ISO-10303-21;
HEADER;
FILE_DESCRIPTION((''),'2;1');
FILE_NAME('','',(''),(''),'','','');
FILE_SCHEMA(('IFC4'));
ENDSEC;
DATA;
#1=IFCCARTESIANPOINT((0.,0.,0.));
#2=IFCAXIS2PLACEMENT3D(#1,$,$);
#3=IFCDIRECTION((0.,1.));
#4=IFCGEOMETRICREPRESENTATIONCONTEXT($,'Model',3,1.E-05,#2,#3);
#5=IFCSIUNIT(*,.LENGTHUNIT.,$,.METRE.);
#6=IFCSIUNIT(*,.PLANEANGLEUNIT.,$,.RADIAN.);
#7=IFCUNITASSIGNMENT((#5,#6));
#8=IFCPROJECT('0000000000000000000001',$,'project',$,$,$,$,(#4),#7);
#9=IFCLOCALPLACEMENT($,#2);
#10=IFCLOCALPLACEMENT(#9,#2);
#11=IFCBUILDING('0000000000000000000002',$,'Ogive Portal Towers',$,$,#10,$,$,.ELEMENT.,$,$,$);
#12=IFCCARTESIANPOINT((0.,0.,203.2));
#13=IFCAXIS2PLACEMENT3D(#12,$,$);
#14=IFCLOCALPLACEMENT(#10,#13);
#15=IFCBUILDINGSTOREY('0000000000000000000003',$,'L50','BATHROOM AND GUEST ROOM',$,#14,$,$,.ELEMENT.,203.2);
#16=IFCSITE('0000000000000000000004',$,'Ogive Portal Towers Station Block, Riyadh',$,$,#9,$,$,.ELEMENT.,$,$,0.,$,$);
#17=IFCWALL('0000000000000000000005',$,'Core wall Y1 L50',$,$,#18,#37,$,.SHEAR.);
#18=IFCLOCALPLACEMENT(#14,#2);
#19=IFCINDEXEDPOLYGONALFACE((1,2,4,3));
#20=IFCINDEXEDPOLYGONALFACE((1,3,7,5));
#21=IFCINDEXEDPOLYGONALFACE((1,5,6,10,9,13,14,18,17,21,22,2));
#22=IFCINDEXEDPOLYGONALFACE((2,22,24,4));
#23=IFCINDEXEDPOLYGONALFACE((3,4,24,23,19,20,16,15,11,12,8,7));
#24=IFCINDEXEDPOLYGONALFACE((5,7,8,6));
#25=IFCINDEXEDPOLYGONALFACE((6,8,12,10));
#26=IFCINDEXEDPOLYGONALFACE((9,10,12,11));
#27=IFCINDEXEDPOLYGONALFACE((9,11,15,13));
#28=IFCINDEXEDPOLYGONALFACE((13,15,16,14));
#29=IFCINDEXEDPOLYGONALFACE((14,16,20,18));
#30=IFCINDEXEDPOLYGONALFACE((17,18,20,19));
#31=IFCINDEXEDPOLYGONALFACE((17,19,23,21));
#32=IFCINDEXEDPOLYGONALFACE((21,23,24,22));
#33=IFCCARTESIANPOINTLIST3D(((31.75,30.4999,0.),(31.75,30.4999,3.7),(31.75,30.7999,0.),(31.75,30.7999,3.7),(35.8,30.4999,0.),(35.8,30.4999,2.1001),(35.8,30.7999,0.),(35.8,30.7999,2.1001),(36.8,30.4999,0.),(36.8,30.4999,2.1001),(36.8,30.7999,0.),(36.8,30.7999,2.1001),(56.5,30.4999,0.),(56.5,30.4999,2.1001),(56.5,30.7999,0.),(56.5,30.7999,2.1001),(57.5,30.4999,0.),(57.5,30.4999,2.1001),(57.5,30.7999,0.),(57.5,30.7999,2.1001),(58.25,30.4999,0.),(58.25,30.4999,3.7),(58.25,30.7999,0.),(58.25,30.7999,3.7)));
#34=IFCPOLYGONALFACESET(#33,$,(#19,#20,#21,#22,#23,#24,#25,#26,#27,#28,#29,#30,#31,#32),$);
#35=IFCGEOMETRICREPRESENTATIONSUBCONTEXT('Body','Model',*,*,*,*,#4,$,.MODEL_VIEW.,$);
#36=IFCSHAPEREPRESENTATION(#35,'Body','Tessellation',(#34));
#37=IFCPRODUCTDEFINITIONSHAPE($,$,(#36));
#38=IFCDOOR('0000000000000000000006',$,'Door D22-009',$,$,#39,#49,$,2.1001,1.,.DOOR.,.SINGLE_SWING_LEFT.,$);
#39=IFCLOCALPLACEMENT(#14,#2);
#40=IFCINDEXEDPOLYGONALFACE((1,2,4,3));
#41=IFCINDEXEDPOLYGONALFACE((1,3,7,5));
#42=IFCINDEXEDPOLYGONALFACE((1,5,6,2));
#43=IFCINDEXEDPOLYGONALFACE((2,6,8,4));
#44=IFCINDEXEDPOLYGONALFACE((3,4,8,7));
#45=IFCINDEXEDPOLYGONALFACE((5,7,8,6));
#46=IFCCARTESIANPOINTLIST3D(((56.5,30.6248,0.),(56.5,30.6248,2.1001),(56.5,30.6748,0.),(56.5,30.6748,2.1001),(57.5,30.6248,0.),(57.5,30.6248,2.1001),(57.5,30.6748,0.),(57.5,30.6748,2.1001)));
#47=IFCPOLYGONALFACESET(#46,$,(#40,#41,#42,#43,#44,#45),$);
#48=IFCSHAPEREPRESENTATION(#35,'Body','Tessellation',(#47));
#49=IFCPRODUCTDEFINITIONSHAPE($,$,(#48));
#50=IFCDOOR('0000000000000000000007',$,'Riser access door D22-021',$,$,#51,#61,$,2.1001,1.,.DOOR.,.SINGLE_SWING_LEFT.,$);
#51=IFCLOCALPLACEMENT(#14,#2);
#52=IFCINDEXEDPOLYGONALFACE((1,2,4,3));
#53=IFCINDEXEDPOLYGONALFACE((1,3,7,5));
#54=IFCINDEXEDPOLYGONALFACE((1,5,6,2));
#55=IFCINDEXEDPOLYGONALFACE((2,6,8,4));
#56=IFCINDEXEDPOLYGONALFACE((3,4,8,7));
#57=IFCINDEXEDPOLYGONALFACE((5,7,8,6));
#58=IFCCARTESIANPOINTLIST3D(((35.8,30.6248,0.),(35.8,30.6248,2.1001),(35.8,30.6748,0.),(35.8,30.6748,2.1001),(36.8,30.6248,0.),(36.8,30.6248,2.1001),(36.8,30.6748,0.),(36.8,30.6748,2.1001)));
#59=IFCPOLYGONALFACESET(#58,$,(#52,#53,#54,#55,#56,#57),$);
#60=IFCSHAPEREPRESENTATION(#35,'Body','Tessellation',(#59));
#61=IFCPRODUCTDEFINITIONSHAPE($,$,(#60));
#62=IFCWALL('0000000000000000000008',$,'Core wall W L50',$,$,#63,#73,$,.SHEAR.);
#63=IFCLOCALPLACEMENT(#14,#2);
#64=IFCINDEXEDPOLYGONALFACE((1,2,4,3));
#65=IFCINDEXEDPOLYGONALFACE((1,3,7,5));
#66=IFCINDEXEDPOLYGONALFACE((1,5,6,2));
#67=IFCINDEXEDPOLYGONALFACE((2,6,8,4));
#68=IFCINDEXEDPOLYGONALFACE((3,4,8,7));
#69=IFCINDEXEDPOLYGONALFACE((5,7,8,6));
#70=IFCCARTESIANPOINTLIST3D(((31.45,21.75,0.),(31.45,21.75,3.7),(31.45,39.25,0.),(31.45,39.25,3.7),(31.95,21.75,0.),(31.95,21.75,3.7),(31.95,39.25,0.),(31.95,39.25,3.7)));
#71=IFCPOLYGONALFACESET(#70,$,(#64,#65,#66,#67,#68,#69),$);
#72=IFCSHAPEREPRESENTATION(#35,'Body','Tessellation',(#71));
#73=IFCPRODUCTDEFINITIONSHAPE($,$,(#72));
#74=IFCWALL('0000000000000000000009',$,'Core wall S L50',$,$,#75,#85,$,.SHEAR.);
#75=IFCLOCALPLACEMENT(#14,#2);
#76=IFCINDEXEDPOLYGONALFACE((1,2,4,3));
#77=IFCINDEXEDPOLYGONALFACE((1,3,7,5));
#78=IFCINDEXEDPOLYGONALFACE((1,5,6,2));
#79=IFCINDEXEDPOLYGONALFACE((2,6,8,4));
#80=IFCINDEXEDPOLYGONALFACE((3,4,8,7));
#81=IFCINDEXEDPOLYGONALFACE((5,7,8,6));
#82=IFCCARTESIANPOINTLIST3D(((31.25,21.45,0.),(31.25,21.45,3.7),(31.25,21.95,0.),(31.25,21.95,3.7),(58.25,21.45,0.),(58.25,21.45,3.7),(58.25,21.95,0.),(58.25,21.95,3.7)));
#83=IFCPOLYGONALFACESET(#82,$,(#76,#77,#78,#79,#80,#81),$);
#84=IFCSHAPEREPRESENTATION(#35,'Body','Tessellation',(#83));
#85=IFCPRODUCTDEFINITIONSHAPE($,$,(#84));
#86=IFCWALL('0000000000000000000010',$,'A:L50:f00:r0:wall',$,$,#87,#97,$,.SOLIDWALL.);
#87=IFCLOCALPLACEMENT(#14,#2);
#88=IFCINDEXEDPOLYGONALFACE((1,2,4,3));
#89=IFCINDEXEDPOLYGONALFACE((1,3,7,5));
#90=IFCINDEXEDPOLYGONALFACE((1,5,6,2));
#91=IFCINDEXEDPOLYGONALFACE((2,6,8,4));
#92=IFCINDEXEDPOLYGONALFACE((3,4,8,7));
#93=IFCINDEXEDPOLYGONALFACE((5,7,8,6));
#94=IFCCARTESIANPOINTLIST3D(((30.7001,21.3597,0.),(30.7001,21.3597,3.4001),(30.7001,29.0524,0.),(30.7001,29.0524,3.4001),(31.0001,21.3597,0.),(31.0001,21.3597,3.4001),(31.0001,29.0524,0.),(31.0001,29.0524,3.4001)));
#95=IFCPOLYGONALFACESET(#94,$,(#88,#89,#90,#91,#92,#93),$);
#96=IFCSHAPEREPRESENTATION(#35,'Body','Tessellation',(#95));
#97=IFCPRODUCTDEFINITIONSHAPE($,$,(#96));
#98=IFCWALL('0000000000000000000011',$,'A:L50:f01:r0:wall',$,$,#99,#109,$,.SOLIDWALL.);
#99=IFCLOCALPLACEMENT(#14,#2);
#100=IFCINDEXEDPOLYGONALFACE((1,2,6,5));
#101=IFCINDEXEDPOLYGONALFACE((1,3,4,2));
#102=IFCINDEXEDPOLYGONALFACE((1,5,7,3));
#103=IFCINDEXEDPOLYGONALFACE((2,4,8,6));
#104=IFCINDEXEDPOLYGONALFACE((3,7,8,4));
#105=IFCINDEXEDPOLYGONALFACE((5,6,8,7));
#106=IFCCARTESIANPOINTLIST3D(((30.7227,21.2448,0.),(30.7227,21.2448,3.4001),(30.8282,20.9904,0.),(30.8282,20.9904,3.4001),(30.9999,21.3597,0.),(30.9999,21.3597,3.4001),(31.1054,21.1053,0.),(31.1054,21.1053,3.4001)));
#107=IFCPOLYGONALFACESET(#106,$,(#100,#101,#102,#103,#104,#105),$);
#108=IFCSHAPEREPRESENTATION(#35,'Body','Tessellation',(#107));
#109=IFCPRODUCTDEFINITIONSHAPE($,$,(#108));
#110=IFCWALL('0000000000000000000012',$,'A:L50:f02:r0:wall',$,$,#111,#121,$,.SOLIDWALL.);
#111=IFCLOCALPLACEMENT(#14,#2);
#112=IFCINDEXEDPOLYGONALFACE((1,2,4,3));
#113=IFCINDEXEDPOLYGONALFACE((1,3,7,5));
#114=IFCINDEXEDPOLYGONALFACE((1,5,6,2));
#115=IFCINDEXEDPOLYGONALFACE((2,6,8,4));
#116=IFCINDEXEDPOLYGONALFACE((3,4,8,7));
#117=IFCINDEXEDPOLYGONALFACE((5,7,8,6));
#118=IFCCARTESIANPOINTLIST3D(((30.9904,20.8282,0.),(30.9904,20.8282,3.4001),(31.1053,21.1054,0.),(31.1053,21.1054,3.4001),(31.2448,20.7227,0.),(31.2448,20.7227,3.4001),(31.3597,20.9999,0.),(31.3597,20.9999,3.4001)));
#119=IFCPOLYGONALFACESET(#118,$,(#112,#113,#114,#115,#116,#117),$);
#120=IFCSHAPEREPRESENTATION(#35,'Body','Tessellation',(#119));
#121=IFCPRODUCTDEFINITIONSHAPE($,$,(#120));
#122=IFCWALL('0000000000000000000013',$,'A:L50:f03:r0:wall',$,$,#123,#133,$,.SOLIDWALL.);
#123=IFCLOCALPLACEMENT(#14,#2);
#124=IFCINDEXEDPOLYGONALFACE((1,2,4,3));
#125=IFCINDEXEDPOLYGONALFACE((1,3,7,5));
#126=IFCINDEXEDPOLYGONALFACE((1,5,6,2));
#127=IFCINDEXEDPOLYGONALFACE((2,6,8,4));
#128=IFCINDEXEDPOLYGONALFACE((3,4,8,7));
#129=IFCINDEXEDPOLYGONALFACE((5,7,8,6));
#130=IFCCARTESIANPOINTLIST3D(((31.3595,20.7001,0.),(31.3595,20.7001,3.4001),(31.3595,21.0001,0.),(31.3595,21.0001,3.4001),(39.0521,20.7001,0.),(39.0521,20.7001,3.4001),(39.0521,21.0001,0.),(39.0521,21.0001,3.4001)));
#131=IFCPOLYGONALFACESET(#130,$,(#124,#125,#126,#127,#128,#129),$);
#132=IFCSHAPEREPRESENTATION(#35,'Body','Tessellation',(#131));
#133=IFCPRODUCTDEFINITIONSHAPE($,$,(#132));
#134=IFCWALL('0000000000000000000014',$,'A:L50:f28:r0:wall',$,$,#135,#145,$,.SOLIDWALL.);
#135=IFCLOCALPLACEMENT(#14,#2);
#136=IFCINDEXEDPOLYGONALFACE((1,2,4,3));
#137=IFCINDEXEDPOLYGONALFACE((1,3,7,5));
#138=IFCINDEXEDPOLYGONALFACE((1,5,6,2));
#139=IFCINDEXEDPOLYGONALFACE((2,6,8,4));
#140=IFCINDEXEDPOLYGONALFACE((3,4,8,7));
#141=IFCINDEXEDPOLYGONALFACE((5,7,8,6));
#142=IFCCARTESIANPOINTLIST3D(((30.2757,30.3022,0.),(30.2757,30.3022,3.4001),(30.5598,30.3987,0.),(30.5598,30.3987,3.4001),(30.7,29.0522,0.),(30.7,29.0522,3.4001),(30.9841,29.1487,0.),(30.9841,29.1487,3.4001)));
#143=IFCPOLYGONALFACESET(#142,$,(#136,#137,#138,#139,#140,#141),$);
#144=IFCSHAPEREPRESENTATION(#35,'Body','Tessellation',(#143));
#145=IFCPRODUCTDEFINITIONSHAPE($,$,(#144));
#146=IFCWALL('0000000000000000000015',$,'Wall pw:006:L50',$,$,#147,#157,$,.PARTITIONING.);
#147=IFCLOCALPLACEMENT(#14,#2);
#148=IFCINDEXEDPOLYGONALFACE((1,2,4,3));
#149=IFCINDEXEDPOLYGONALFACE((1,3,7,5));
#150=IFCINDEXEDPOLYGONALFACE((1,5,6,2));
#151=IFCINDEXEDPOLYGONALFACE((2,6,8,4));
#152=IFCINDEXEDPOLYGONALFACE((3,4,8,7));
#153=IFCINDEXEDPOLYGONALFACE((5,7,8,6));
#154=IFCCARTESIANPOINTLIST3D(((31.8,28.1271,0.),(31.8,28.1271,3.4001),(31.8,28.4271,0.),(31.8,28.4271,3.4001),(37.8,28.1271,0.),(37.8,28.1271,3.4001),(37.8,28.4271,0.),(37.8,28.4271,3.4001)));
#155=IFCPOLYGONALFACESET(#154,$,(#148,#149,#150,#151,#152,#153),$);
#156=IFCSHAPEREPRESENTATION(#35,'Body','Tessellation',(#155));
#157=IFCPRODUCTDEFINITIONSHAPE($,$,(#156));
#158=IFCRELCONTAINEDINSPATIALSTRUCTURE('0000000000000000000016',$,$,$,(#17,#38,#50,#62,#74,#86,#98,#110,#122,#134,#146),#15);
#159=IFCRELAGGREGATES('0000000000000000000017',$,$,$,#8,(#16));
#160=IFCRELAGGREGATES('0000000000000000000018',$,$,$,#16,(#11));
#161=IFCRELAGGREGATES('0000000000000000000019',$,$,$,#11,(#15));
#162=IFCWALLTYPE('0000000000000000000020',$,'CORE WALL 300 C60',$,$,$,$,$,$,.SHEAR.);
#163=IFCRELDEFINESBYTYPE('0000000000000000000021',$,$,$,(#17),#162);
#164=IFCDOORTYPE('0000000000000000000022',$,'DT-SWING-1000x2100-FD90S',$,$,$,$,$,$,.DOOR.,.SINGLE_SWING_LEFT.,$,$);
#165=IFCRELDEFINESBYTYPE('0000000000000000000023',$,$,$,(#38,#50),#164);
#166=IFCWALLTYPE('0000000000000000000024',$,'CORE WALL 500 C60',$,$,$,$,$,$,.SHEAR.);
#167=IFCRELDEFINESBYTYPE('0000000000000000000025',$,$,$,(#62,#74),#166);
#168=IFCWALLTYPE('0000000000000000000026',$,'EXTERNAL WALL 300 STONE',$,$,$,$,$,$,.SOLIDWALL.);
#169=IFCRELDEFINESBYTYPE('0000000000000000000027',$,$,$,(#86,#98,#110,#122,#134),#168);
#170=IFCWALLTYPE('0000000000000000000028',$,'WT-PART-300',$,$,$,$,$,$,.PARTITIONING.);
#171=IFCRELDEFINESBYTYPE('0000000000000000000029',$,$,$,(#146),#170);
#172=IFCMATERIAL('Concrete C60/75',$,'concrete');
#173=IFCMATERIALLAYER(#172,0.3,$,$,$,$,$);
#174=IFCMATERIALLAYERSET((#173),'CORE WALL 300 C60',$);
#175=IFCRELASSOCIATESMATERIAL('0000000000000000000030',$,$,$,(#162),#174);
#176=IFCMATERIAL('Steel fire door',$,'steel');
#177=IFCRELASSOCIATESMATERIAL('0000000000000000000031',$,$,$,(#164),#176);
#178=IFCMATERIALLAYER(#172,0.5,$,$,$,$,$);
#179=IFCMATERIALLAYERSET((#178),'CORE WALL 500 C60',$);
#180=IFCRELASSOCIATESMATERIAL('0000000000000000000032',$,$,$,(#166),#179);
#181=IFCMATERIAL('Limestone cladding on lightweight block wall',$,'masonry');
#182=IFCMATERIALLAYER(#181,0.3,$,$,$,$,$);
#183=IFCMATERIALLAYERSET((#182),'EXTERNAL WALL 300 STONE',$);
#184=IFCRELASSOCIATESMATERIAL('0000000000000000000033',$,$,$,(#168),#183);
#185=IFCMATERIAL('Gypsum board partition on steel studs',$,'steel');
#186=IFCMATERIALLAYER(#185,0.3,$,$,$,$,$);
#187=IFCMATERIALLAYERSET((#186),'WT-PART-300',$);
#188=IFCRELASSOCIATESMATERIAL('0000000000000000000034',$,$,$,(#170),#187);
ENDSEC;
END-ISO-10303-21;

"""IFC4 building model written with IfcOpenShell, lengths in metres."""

from ifc_helpers import new_model, si_unit, direction, frame, frame_2d, origin, place, context, subcontext, project, spatial, rectangle, extrude, material, layer, layer_set, type_object, element, fill, save


model = new_model("IFC4")

# Units and contexts
model_context = context("Model", 3, precision=1e-05, world=origin(), true_north=direction((0.0, 1.0)))
body_context = subcontext(model_context, "Body", "Model", "MODEL_VIEW")
ifc_project = project(units=[si_unit("LENGTHUNIT", "METRE"), si_unit("PLANEANGLEUNIT", "RADIAN")], contexts=[model_context])

# Site, building, storey
site_placement = place(None, origin())
site = spatial("IfcSite", under=ifc_project, at=site_placement, Name="Ogive Portal Towers Station Block, Riyadh", CompositionType="ELEMENT", RefElevation=0.0)
building_placement = place(site_placement, origin())
building = spatial("IfcBuilding", under=site, at=building_placement, Name="Ogive Portal Towers", CompositionType="ELEMENT")
storey_placement = place(building_placement, frame((0.0, 0.0, 203.2)))
storey = spatial("IfcBuildingStorey", under=building, at=storey_placement, Name="L50", Description="BATHROOM AND GUEST ROOM", CompositionType="ELEMENT", Elevation=203.2)

# Wall, openings, doors
ifc_material_1 = material(Name="Concrete C60/75", Category="concrete")
ifc_layer_1 = layer(ifc_material_1, 0.3)
ifc_layer_set_1 = layer_set([ifc_layer_1], Name="CORE WALL 300 C60")
wall_type_1 = type_object("IfcWallType", Name="CORE WALL 300 C60", PredefinedType="SHEAR", material=ifc_layer_set_1)
wall_1_placement = place(storey_placement, frame((31.75, 30.6499, 0.0), z_axis=(0.0, 0.0, 1.0), x_axis=(1.0, 0.0, 0.0)))
wall_1 = element("IfcWall", 1, at=wall_1_placement, inside=storey, type_object=wall_type_1, Name="Core wall Y1 L50", PredefinedType="SHEAR", context=body_context, shape_type="SweptSolid", body=[
    extrude(rectangle(XDim=26.5, YDim=0.3, at=frame_2d((13.25, 0.0))), origin(), (0.0, 0.0, 1.0), 3.7),
])
opening_1_placement = place(wall_1_placement, frame((24.75, 0.0, 0.0)))
opening_1 = element("IfcOpeningElement", 2, at=opening_1_placement, cuts=wall_1, PredefinedType="OPENING", context=body_context, shape_type="SweptSolid", body=[
    extrude(rectangle(XDim=1.0, YDim=2.1001, at=frame_2d((0.5, 1.05))), frame((0.0, 0.1602, 0.0), z_axis=(0.0, -1.0, 0.0), x_axis=(1.0, 0.0, 0.0)), (0.0, 0.0, 1.0), 0.3201),
])
opening_2_placement = place(wall_1_placement, frame((4.05, 0.0, 0.0)))
opening_2 = element("IfcOpeningElement", 3, at=opening_2_placement, cuts=wall_1, PredefinedType="OPENING", context=body_context, shape_type="SweptSolid", body=[
    extrude(rectangle(XDim=1.0, YDim=2.1001, at=frame_2d((0.5, 1.05))), frame((0.0, 0.1602, 0.0), z_axis=(0.0, -1.0, 0.0), x_axis=(1.0, 0.0, 0.0)), (0.0, 0.0, 1.0), 0.3201),
])
ifc_material_2 = material(Name="Steel fire door", Category="steel")
door_type = type_object("IfcDoorType", Name="DT-SWING-1000x2100-FD90S", OperationType="SINGLE_SWING_LEFT", PredefinedType="DOOR", material=ifc_material_2)
door_1_placement = place(opening_1_placement, origin())
door_1 = element("IfcDoor", 4, at=door_1_placement, inside=storey, type_object=door_type, Name="Door D22-009", OperationType="SINGLE_SWING_LEFT", OverallHeight=2.1001, OverallWidth=1.0, PredefinedType="DOOR", context=body_context, shape_type="SweptSolid", body=[
    extrude(rectangle(XDim=1.0, YDim=2.1001, at=frame_2d((0.5, 1.05))), frame((0.0, 0.0249, 0.0), z_axis=(0.0, -1.0, 0.0), x_axis=(1.0, 0.0, 0.0)), (0.0, 0.0, 1.0), 0.05),
])
fill(opening_1, door_1)
door_2_placement = place(opening_2_placement, origin())
door_2 = element("IfcDoor", 5, at=door_2_placement, inside=storey, type_object=door_type, Name="Riser access door D22-021", OperationType="SINGLE_SWING_LEFT", OverallHeight=2.1001, OverallWidth=1.0, PredefinedType="DOOR", context=body_context, shape_type="SweptSolid", body=[
    extrude(rectangle(XDim=1.0, YDim=2.1001, at=frame_2d((0.5, 1.05))), frame((0.0, 0.0249, 0.0), z_axis=(0.0, -1.0, 0.0), x_axis=(1.0, 0.0, 0.0)), (0.0, 0.0, 1.0), 0.05),
])
fill(opening_2, door_2)

# Walls
ifc_layer_2 = layer(ifc_material_1, 0.5)
ifc_layer_set_2 = layer_set([ifc_layer_2], Name="CORE WALL 500 C60")
wall_type_2 = type_object("IfcWallType", Name="CORE WALL 500 C60", PredefinedType="SHEAR", material=ifc_layer_set_2)
wall_2_placement = place(storey_placement, frame((31.7, 21.75, 0.0), z_axis=(0.0, 0.0, 1.0), x_axis=(0.0, 1.0, 0.0)))
element("IfcWall", 6, at=wall_2_placement, inside=storey, type_object=wall_type_2, Name="Core wall W L50", PredefinedType="SHEAR", context=body_context, shape_type="SweptSolid", body=[
    extrude(rectangle(XDim=17.5, YDim=0.5, at=frame_2d((8.75, 0.0))), origin(), (0.0, 0.0, 1.0), 3.7),
])
wall_3_placement = place(storey_placement, frame((31.25, 21.7, 0.0), z_axis=(0.0, 0.0, 1.0), x_axis=(1.0, 0.0, 0.0)))
element("IfcWall", 7, at=wall_3_placement, inside=storey, type_object=wall_type_2, Name="Core wall S L50", PredefinedType="SHEAR", context=body_context, shape_type="SweptSolid", body=[
    extrude(rectangle(XDim=27.0, YDim=0.5, at=frame_2d((13.5, 0.0))), origin(), (0.0, 0.0, 1.0), 3.7),
])
ifc_material_3 = material(Name="Limestone cladding on lightweight block wall", Category="masonry")
ifc_layer_3 = layer(ifc_material_3, 0.3)
ifc_layer_set_3 = layer_set([ifc_layer_3], Name="EXTERNAL WALL 300 STONE")
wall_type_3 = type_object("IfcWallType", Name="EXTERNAL WALL 300 STONE", PredefinedType="SOLIDWALL", material=ifc_layer_set_3)
wall_4_placement = place(storey_placement, frame((30.8501, 29.0522, 0.0), z_axis=(0.0, 0.0, 1.0), x_axis=(0.0, -1.0, 0.0)))
element("IfcWall", 8, at=wall_4_placement, inside=storey, type_object=wall_type_3, Name="A:L50:f00:r0:wall", PredefinedType="SOLIDWALL", context=body_context, shape_type="SweptSolid", body=[
    extrude(rectangle(XDim=7.6926, YDim=0.3, at=frame_2d((3.8462, 0.0))), origin(), (0.0, 0.0, 1.0), 3.4001),
])
for number, where, z_axis, x_axis, name in (
    (9, (30.8613, 21.3022, 0.0), (0.0, 0.0, 1.0), (0.382978, -0.923757, 0.0), "A:L50:f01:r0:wall"),
    (10, (31.0479, 20.9668, 0.0), (0.0, 0.0, 1.0), (0.923757, -0.382978, 0.0), "A:L50:f02:r0:wall"),
):
    element("IfcWall", number, at=place(storey_placement, frame(where, z_axis=z_axis, x_axis=x_axis)), inside=storey, type_object=wall_type_3, Name=name, PredefinedType="SOLIDWALL", context=body_context, shape_type="SweptSolid", body=[
        extrude(rectangle(XDim=0.2754, YDim=0.3, at=frame_2d((0.1377, 0.0))), origin(), (0.0, 0.0, 1.0), 3.4001),
    ])
wall_5_placement = place(storey_placement, frame((31.3596, 20.8501, 0.0), z_axis=(0.0, 0.0, 1.0), x_axis=(1.0, 0.0, 0.0)))
element("IfcWall", 11, at=wall_5_placement, inside=storey, type_object=wall_type_3, Name="A:L50:f03:r0:wall", PredefinedType="SOLIDWALL", context=body_context, shape_type="SweptSolid", body=[
    extrude(rectangle(XDim=7.6926, YDim=0.3, at=frame_2d((3.8462, 0.0))), origin(), (0.0, 0.0, 1.0), 3.4001),
])
wall_6_placement = place(storey_placement, frame((30.4177, 30.3506, 0.0), z_axis=(0.0, 0.0, 1.0), x_axis=(0.321439, -0.94693, 0.0)))
element("IfcWall", 12, at=wall_6_placement, inside=storey, type_object=wall_type_3, Name="A:L50:f28:r0:wall", PredefinedType="SOLIDWALL", context=body_context, shape_type="SweptSolid", body=[
    extrude(rectangle(XDim=1.3201, YDim=0.3, at=frame_2d((0.6602, 0.0))), origin(), (0.0, 0.0, 1.0), 3.4001),
])
ifc_material_4 = material(Name="Gypsum board partition on steel studs", Category="steel")
ifc_layer_4 = layer(ifc_material_4, 0.3)
ifc_layer_set_4 = layer_set([ifc_layer_4], Name="WT-PART-300")
wall_type_4 = type_object("IfcWallType", Name="WT-PART-300", PredefinedType="PARTITIONING", material=ifc_layer_set_4)
wall_7_placement = place(storey_placement, frame((31.8, 28.2771, 0.0), z_axis=(0.0, 0.0, 1.0), x_axis=(1.0, 0.0, 0.0)))
element("IfcWall", 13, at=wall_7_placement, inside=storey, type_object=wall_type_4, Name="Wall pw:006:L50", PredefinedType="PARTITIONING", context=body_context, shape_type="SweptSolid", body=[
    extrude(rectangle(XDim=6.0, YDim=0.3, at=frame_2d((3.0, 0.0))), origin(), (0.0, 0.0, 1.0), 3.4001),
])

save(model, "model.ifc")
